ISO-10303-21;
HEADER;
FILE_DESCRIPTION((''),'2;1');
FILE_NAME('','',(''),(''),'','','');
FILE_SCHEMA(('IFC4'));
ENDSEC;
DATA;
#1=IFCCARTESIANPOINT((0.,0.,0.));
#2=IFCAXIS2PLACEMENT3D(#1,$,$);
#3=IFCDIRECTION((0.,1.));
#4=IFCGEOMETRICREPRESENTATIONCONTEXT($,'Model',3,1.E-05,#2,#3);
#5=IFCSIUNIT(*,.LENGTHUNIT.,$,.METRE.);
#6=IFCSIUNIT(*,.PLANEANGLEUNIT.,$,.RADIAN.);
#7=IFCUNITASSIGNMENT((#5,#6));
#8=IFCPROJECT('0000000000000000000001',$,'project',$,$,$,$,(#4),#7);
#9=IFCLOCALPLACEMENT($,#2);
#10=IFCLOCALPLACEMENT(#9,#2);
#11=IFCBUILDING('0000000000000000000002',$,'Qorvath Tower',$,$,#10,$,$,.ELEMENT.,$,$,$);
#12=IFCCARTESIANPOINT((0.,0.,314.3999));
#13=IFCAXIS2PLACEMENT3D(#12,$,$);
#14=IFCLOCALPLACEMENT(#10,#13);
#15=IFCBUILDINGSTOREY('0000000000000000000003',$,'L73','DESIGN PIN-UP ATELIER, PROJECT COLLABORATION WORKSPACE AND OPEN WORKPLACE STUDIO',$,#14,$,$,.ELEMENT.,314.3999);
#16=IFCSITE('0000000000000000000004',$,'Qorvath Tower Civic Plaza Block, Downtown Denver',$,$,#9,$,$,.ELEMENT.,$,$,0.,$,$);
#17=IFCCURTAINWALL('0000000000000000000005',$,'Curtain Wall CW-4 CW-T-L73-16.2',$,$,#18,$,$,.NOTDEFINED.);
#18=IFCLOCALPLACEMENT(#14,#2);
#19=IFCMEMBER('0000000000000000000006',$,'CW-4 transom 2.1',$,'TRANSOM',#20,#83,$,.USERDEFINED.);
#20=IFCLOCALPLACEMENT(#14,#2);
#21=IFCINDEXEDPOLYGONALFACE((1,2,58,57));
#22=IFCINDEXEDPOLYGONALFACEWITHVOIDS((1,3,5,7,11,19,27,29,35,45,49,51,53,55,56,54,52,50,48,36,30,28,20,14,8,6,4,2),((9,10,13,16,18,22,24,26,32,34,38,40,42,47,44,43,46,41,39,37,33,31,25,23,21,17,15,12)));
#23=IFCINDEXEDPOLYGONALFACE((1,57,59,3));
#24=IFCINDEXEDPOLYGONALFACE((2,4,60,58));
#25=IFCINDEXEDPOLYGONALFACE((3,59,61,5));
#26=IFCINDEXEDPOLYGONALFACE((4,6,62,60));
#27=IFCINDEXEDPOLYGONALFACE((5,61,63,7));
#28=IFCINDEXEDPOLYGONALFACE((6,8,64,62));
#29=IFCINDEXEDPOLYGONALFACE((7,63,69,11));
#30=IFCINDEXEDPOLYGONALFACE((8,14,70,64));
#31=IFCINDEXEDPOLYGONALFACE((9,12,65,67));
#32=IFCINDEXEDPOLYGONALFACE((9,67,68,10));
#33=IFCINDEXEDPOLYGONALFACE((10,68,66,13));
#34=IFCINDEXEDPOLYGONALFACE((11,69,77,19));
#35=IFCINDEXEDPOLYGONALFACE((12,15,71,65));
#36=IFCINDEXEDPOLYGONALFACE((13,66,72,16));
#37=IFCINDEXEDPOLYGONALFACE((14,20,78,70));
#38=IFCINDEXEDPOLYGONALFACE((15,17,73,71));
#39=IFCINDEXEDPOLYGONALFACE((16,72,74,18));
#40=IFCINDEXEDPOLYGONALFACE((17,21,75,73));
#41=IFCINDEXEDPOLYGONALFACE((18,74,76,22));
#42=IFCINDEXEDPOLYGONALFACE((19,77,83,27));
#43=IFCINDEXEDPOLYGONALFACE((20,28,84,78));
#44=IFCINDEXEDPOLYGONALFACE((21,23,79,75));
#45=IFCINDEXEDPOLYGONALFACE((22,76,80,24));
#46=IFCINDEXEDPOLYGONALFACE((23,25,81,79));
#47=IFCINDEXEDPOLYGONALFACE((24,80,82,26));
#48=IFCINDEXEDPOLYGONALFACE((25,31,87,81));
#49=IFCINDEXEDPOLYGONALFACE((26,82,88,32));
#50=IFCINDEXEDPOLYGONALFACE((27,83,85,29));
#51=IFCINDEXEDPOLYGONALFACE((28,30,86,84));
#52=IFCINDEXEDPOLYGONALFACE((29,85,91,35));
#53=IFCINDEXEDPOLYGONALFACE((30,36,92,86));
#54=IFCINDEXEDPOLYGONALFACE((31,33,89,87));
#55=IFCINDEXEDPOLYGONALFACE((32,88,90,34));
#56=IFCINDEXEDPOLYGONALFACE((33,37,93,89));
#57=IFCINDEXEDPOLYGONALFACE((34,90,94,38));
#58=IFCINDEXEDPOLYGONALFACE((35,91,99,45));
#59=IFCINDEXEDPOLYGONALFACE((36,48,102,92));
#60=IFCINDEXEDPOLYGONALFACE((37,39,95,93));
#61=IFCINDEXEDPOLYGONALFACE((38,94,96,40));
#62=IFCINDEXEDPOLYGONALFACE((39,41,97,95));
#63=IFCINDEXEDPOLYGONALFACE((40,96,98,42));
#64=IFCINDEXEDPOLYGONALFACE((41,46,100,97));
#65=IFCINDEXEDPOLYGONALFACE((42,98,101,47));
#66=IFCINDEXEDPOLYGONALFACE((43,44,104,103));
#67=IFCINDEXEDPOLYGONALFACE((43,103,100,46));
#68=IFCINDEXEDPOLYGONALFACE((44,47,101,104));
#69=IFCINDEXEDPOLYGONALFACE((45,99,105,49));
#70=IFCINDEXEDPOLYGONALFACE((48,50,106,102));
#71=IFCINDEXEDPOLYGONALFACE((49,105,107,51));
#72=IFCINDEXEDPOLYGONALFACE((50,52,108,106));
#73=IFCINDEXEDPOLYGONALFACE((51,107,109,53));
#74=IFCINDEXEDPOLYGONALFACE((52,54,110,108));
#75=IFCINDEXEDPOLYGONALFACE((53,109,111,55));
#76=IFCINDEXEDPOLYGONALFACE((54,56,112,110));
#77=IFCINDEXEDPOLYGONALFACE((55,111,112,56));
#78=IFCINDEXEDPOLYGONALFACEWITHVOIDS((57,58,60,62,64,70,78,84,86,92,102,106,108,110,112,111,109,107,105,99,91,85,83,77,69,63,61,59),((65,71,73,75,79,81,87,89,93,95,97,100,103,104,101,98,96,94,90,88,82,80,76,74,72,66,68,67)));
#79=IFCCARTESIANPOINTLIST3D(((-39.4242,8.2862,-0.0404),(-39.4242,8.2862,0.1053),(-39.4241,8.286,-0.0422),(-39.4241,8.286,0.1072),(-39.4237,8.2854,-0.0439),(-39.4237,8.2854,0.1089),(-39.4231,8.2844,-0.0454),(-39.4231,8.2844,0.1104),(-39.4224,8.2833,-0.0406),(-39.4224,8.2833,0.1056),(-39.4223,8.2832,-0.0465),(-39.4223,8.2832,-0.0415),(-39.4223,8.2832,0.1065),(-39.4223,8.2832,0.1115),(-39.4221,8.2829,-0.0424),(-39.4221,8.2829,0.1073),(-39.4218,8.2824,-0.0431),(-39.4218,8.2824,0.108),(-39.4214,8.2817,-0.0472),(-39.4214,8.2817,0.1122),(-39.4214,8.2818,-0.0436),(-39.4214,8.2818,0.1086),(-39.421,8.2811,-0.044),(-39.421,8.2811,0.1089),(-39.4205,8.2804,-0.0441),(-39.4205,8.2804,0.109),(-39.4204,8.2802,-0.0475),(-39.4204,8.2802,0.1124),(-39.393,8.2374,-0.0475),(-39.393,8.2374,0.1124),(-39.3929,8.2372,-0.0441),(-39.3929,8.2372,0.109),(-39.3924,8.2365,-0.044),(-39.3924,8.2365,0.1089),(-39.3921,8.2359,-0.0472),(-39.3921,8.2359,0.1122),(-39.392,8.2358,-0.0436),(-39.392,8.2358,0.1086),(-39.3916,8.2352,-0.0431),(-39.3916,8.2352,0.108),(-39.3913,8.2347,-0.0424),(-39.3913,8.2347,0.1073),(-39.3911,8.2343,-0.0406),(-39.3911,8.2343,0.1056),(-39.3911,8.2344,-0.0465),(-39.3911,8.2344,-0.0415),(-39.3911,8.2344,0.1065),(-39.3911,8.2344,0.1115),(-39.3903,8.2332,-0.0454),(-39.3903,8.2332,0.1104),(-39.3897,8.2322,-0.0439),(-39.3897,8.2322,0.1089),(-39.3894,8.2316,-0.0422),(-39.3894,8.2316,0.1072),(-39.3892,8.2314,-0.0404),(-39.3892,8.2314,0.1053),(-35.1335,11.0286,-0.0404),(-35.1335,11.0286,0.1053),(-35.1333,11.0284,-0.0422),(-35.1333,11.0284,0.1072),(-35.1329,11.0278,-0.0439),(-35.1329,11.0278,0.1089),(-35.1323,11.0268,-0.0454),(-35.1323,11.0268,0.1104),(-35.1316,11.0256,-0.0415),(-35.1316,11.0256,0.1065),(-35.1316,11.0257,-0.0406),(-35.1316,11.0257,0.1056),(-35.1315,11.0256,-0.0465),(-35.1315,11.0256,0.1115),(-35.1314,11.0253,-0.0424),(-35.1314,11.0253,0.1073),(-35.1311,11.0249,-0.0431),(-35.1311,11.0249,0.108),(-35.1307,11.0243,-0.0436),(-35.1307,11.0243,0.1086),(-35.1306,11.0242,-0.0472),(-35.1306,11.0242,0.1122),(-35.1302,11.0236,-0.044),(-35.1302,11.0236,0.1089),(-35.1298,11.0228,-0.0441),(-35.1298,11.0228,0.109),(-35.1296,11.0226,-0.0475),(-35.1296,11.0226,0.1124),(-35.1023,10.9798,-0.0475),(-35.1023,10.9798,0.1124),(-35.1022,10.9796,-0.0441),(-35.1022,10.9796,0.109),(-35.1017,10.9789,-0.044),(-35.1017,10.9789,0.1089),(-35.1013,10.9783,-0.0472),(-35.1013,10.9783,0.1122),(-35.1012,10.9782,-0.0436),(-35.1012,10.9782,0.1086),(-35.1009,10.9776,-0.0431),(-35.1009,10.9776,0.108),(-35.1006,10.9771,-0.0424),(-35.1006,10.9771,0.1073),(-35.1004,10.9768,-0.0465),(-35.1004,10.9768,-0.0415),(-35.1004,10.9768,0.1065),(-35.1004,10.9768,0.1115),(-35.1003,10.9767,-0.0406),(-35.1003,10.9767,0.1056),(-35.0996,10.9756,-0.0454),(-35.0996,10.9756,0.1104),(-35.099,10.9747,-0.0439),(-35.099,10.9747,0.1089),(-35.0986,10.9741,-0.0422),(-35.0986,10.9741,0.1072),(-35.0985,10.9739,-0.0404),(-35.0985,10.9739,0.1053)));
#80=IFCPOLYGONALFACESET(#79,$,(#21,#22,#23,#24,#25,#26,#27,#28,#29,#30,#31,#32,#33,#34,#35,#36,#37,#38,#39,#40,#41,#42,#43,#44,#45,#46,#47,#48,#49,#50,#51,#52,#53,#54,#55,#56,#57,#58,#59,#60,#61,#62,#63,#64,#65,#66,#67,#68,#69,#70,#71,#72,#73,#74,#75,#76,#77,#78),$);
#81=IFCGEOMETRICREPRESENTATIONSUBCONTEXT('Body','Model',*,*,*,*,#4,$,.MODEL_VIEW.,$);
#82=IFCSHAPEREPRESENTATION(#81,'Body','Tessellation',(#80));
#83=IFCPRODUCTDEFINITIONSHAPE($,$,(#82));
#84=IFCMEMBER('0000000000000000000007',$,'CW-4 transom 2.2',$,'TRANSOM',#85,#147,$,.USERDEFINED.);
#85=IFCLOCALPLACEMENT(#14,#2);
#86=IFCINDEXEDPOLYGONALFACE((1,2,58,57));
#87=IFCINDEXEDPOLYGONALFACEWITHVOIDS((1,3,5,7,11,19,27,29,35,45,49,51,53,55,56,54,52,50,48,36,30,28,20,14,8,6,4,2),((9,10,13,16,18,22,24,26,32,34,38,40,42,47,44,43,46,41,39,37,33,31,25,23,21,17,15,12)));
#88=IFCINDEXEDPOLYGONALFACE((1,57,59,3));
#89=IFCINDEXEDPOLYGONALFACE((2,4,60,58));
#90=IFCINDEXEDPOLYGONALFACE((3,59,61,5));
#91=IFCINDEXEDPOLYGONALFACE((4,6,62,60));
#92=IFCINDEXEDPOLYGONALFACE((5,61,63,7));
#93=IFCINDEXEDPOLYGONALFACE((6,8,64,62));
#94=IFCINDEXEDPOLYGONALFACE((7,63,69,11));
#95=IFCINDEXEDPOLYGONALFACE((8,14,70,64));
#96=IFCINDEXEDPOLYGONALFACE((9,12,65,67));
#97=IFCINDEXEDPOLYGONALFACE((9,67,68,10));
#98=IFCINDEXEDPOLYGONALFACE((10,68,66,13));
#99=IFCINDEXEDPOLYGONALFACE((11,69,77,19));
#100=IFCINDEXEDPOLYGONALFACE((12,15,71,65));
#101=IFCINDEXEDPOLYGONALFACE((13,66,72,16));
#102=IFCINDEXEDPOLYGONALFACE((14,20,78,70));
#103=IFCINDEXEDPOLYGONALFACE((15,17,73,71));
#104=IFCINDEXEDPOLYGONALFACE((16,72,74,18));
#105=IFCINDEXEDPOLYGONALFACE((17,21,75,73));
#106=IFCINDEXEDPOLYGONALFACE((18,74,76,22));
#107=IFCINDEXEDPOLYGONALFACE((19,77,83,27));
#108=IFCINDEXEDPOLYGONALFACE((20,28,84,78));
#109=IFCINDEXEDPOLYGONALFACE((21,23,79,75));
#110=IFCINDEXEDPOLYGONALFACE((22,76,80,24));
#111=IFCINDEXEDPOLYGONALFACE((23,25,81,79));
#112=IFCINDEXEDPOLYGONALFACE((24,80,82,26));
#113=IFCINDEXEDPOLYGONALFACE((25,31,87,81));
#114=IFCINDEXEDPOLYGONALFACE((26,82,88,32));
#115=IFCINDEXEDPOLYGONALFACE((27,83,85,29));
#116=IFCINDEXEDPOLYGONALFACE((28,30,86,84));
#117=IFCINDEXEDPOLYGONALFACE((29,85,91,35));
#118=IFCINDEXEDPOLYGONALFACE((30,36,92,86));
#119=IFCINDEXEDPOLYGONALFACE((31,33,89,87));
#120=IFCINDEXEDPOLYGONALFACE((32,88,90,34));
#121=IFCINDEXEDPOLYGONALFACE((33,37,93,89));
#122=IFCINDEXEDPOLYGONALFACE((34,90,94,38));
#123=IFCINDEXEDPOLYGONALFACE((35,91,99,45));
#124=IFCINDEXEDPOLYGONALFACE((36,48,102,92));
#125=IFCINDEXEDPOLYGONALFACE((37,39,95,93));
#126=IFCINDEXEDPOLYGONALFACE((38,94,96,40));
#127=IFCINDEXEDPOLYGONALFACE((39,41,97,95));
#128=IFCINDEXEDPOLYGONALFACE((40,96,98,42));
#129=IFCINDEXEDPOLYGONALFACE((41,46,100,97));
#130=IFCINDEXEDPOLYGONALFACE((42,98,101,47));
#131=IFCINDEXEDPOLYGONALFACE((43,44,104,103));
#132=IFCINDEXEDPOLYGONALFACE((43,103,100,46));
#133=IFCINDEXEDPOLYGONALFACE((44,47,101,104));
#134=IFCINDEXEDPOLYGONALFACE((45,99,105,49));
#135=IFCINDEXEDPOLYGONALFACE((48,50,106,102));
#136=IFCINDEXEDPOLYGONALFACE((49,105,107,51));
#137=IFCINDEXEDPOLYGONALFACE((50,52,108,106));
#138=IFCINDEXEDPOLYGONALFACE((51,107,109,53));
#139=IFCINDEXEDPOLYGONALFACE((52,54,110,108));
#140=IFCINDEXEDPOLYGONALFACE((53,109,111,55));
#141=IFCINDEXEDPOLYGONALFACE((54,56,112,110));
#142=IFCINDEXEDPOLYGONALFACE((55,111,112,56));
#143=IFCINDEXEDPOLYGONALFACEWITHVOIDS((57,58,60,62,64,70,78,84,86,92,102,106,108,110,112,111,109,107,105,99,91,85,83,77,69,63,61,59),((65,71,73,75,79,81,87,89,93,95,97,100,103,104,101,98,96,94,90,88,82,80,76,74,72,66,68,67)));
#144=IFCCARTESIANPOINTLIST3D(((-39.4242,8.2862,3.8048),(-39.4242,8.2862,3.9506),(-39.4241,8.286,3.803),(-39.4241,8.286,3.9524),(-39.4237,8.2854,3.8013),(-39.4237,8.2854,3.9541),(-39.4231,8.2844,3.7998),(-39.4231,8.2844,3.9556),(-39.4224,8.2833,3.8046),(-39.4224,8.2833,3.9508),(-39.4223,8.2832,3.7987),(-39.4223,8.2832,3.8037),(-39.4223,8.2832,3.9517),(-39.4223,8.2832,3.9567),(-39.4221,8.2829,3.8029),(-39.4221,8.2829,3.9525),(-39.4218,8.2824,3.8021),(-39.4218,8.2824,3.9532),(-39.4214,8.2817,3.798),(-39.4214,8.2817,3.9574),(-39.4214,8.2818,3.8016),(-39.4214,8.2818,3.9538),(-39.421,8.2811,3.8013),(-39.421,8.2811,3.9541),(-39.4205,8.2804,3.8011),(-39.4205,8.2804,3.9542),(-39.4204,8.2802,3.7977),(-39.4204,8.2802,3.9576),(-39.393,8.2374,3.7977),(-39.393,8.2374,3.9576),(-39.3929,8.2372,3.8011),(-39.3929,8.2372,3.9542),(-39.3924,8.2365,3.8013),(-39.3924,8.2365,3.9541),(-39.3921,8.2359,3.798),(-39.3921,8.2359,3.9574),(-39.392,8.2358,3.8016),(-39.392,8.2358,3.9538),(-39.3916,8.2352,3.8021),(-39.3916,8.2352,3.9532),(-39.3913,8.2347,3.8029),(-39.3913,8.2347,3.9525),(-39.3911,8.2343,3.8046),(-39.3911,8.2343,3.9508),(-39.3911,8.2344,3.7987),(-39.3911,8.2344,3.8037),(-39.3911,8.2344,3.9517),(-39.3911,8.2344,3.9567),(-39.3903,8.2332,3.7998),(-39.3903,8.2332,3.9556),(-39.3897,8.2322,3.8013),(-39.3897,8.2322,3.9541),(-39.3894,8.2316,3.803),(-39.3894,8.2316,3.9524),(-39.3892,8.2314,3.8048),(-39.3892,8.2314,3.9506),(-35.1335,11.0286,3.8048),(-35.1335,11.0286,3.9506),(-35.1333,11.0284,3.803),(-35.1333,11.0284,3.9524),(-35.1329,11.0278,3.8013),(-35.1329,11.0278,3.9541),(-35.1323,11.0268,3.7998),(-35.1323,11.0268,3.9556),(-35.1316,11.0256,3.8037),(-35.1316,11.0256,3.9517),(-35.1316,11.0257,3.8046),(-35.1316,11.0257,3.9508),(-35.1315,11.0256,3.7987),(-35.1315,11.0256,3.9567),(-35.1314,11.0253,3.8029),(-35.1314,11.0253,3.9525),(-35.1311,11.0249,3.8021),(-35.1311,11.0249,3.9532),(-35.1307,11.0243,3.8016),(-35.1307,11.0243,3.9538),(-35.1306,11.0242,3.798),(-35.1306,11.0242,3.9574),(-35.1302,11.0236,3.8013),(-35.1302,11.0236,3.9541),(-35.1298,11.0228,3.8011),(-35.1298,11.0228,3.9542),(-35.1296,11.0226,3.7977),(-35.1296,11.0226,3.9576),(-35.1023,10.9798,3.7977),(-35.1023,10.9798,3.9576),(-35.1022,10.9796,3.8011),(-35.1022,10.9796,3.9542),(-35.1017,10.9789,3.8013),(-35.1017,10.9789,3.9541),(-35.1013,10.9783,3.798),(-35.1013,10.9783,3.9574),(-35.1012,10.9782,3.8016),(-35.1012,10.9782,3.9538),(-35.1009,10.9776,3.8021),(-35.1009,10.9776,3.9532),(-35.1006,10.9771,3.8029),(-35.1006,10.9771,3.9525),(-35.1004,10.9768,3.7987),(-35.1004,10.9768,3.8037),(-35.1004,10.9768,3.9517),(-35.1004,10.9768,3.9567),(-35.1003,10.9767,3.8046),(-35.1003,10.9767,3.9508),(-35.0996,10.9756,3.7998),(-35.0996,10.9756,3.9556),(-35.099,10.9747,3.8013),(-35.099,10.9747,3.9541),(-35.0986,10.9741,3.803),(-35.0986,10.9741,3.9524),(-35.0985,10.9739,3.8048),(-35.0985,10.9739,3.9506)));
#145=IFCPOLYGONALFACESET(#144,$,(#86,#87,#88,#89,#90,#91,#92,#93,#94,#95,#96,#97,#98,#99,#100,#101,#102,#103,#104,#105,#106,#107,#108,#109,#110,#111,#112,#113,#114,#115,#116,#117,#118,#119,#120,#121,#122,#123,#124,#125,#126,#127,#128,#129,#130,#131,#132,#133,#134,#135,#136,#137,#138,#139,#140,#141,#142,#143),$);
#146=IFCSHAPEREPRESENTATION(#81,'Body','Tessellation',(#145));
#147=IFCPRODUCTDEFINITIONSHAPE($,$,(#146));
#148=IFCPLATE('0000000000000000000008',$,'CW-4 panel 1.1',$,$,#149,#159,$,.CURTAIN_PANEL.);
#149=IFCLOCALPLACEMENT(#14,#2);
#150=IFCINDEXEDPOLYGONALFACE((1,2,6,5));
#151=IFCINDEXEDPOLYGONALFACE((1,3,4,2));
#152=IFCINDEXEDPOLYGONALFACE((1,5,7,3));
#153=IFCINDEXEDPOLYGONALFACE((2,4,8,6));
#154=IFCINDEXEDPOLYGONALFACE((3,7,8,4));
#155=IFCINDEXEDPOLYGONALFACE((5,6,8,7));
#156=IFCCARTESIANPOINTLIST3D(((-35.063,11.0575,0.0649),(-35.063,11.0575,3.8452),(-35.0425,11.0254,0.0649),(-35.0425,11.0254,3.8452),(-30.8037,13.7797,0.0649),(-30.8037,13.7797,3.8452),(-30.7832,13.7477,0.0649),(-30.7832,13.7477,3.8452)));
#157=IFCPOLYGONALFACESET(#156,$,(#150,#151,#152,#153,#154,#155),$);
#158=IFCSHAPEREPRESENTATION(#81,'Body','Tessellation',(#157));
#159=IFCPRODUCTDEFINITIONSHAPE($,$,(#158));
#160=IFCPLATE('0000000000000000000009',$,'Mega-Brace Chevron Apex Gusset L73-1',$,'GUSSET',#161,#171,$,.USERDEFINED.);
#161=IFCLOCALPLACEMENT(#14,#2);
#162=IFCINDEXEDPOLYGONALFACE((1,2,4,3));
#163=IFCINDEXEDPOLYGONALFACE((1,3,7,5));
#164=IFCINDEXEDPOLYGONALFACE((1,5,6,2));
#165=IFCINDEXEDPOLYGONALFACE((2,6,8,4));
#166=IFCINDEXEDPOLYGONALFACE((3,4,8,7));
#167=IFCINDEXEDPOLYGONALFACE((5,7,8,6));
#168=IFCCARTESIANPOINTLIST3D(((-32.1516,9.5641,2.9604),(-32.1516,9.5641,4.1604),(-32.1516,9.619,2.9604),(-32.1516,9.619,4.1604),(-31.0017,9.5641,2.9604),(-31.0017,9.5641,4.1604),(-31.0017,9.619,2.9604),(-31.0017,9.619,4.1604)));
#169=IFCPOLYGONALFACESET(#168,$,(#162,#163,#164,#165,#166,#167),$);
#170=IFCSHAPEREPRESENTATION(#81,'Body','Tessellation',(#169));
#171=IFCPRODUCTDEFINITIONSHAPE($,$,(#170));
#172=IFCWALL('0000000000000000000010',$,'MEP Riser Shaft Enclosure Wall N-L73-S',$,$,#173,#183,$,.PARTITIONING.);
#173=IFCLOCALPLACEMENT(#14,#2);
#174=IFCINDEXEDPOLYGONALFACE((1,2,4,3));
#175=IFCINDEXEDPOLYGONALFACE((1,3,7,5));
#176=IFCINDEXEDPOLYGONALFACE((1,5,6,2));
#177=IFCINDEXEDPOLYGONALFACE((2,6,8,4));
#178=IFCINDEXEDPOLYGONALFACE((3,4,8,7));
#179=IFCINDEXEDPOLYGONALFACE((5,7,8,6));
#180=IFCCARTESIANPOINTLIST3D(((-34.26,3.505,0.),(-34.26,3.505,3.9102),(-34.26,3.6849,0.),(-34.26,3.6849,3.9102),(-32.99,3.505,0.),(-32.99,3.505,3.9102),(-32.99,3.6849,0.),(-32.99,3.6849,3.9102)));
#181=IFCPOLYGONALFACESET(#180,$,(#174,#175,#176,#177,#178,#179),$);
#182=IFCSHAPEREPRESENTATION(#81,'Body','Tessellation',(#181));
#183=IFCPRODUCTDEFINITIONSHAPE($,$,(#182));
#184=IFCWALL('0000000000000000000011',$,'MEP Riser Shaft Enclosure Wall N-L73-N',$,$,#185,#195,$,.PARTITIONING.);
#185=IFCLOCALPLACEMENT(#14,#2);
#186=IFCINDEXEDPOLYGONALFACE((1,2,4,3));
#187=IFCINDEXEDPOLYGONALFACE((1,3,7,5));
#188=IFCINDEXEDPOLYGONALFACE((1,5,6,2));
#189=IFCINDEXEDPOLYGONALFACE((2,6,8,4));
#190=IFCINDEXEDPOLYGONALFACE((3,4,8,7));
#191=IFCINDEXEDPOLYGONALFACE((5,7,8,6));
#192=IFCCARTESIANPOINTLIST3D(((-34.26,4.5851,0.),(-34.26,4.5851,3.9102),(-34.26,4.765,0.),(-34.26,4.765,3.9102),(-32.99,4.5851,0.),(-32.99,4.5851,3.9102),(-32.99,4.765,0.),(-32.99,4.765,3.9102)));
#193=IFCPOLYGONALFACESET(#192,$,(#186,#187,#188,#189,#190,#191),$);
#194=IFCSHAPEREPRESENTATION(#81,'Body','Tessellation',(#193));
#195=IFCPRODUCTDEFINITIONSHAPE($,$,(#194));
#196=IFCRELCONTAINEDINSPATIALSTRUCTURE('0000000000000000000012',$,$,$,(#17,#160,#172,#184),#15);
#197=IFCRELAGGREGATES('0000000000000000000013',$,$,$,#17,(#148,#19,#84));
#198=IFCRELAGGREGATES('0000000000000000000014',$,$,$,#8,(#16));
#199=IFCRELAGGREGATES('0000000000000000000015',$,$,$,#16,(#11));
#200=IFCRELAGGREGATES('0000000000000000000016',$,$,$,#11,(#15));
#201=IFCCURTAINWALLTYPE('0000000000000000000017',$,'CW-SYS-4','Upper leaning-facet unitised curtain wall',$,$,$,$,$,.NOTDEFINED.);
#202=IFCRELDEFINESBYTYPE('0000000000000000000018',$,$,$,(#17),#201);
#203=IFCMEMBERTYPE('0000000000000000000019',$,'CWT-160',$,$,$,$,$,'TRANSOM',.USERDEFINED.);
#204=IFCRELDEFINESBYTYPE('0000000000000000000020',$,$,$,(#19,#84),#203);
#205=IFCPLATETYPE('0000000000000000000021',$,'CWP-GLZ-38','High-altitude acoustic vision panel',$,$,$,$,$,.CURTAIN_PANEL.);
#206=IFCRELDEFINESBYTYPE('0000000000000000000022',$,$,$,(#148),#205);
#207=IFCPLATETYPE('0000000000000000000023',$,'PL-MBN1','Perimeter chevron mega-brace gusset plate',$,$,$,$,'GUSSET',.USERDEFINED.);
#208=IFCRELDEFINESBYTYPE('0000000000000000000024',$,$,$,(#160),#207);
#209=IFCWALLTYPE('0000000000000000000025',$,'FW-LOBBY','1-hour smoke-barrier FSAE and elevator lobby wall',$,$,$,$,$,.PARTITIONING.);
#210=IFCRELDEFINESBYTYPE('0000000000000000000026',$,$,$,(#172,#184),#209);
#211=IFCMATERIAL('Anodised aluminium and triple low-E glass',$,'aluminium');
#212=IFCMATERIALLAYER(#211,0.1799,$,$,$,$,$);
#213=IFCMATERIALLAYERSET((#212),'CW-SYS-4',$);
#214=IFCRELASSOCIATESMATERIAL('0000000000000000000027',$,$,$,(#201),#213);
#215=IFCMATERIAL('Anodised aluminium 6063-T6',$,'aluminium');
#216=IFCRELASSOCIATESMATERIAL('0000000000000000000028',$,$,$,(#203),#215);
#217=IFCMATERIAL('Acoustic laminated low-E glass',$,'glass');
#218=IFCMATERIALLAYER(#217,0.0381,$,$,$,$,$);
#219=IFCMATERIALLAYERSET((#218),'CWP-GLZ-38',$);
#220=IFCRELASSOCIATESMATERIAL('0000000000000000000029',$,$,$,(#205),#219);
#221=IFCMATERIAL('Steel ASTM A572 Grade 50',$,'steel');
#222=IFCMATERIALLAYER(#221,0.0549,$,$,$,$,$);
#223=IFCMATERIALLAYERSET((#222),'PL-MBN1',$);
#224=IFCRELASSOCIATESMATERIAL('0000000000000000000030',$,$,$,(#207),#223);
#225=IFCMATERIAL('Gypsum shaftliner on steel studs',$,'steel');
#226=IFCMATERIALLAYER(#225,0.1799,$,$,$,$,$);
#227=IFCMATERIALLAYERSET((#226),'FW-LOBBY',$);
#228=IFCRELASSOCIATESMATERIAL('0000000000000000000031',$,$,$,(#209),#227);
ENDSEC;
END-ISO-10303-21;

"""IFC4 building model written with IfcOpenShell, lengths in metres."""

from ifc_helpers import new_model, si_unit, direction, frame, frame_2d, origin, origin_2d, place, context, subcontext, project, spatial, rectangle, hollow_rectangle, extrude, material, layer, layer_set, material_profile, profile_set, type_object, element, aggregate, save


model = new_model("IFC4")

# Units and contexts
model_context = context("Model", 3, precision=1e-05, world=origin(), true_north=direction((0.0, 1.0)))
body_context = subcontext(model_context, "Body", "Model", "MODEL_VIEW")
ifc_project = project(units=[si_unit("LENGTHUNIT", "METRE"), si_unit("PLANEANGLEUNIT", "RADIAN")], contexts=[model_context])

# Site, building, storey
site_placement = place(None, origin())
site = spatial("IfcSite", under=ifc_project, at=site_placement, Name="Qorvath Tower Civic Plaza Block, Downtown Denver", CompositionType="ELEMENT", RefElevation=0.0)
building_placement = place(site_placement, origin())
building = spatial("IfcBuilding", under=site, at=building_placement, Name="Qorvath Tower", CompositionType="ELEMENT")
storey_placement = place(building_placement, frame((0.0, 0.0, 314.3999)))
storey = spatial("IfcBuildingStorey", under=building, at=storey_placement, Name="L73", Description="DESIGN PIN-UP ATELIER, PROJECT COLLABORATION WORKSPACE AND OPEN WORKPLACE STUDIO", CompositionType="ELEMENT", Elevation=314.3999)

# Curtain wall, members, plate
ifc_material_1 = material(Name="Anodised aluminium and triple low-E glass", Category="aluminium")
ifc_layer_1 = layer(ifc_material_1, 0.1799)
ifc_layer_set_1 = layer_set([ifc_layer_1], Name="CW-SYS-4")
curtain_wall_type = type_object("IfcCurtainWallType", Name="CW-SYS-4", Description="Upper leaning-facet unitised curtain wall", PredefinedType="NOTDEFINED", material=ifc_layer_set_1)
curtain_wall_placement = place(storey_placement, origin())
curtain_wall = element("IfcCurtainWall", 1, at=curtain_wall_placement, inside=storey, type_object=curtain_wall_type, Name="Curtain Wall CW-4 CW-T-L73-16.2", PredefinedType="NOTDEFINED")
ifc_material_2 = material(Name="Anodised aluminium 6063-T6", Category="aluminium")
ifc_material_profile_1 = material_profile(ifc_material_2, hollow_rectangle(XDim=0.0649, YDim=0.1599, WallThickness=0.0034, InnerFilletRadius=0.0034, OuterFilletRadius=0.0071, at=origin_2d()), Name="CWT 160x65")
ifc_profile_set_1 = profile_set([ifc_material_profile_1], Name="Anodised aluminium 6063-T6")
member_type_1 = type_object("IfcMemberType", Name="CWT-160", ElementType="TRANSOM", PredefinedType="USERDEFINED", material=ifc_profile_set_1)
member_1_placement = place(storey_placement, frame((-35.116, 11.0012, 0.0325), z_axis=(-0.842598, -0.538543, 0.0), x_axis=(0.538543, -0.842598, 0.0)))
member_1 = element("IfcMember", 2, at=member_1_placement, type_object=member_type_1, Name="CW-4 transom 2.1", ObjectType="TRANSOM", PredefinedType="USERDEFINED", context=body_context, shape_type="SweptSolid", body=[
    extrude(hollow_rectangle(XDim=0.0649, YDim=0.1599, WallThickness=0.0034, InnerFilletRadius=0.0034, OuterFilletRadius=0.0071, at=origin_2d()), origin(), (0.0, 0.0, 1.0), 5.0923),
])
member_2_placement = place(storey_placement, frame((-35.116, 11.0012, 3.8777), z_axis=(-0.842598, -0.538543, 0.0), x_axis=(0.538543, -0.842598, 0.0)))
member_2 = element("IfcMember", 3, at=member_2_placement, type_object=member_type_1, Name="CW-4 transom 2.2", ObjectType="TRANSOM", PredefinedType="USERDEFINED", context=body_context, shape_type="SweptSolid", body=[
    extrude(hollow_rectangle(XDim=0.0649, YDim=0.1599, WallThickness=0.0034, InnerFilletRadius=0.0034, OuterFilletRadius=0.0071, at=origin_2d()), origin(), (0.0, 0.0, 1.0), 5.0923),
])
ifc_material_3 = material(Name="Acoustic laminated low-E glass", Category="glass")
ifc_layer_2 = layer(ifc_material_3, 0.0381)
ifc_layer_set_2 = layer_set([ifc_layer_2], Name="CWP-GLZ-38")
plate_type_1 = type_object("IfcPlateType", Name="CWP-GLZ-38", Description="High-altitude acoustic vision panel", PredefinedType="CURTAIN_PANEL", material=ifc_layer_set_2)
plate_1_placement = place(storey_placement, frame((-32.9231, 12.4026, 0.0649), z_axis=(0.0, 0.0, 1.0), x_axis=(-0.842606, -0.53853, 0.0)))
plate_1 = element("IfcPlate", 4, at=plate_1_placement, type_object=plate_type_1, Name="CW-4 panel 1.1", PredefinedType="CURTAIN_PANEL", context=body_context, shape_type="SweptSolid", body=[
    extrude(rectangle(XDim=5.0549, YDim=0.0381, at=origin_2d()), origin(), (0.0, 0.0, 1.0), 3.7803),
])
aggregate(curtain_wall, [plate_1, member_1, member_2])

# Plate
ifc_material_4 = material(Name="Steel ASTM A572 Grade 50", Category="steel")
ifc_layer_3 = layer(ifc_material_4, 0.0549)
ifc_layer_set_3 = layer_set([ifc_layer_3], Name="PL-MBN1")
plate_type_2 = type_object("IfcPlateType", Name="PL-MBN1", Description="Perimeter chevron mega-brace gusset plate", ElementType="GUSSET", PredefinedType="USERDEFINED", material=ifc_layer_set_3)
plate_2_placement = place(storey_placement, frame((-31.5767, 9.5916, 2.9604), z_axis=(0.0, 0.0, 1.0), x_axis=(1.0, 0.0, 0.0)))
element("IfcPlate", 5, at=plate_2_placement, inside=storey, type_object=plate_type_2, Name="Mega-Brace Chevron Apex Gusset L73-1", ObjectType="GUSSET", PredefinedType="USERDEFINED", context=body_context, shape_type="SweptSolid", body=[
    extrude(rectangle(XDim=1.1499, YDim=0.0549, at=origin_2d()), origin(), (0.0, 0.0, 1.0), 1.2),
])

# Walls
ifc_material_5 = material(Name="Gypsum shaftliner on steel studs", Category="steel")
ifc_layer_4 = layer(ifc_material_5, 0.1799)
ifc_layer_set_4 = layer_set([ifc_layer_4], Name="FW-LOBBY")
wall_type_1 = type_object("IfcWallType", Name="FW-LOBBY", Description="1-hour smoke-barrier FSAE and elevator lobby wall", PredefinedType="PARTITIONING", material=ifc_layer_set_4)
for number, where, z_axis, x_axis, name in (
    (6, (-32.99, 3.595, 0.0), (0.0, 0.0, 1.0), (-1.0, 0.0, 0.0), "MEP Riser Shaft Enclosure Wall N-L73-S"),
    (7, (-34.26, 4.675, 0.0), (0.0, 0.0, 1.0), (1.0, 0.0, 0.0), "MEP Riser Shaft Enclosure Wall N-L73-N"),
):
    element("IfcWall", number, at=place(storey_placement, frame(where, z_axis=z_axis, x_axis=x_axis)), inside=storey, type_object=wall_type_1, Name=name, PredefinedType="PARTITIONING", context=body_context, shape_type="SweptSolid", body=[
        extrude(rectangle(XDim=1.27, YDim=0.1799, at=frame_2d((0.635, 0.0))), origin(), (0.0, 0.0, 1.0), 3.9102),
    ])

save(model, "model.ifc")
